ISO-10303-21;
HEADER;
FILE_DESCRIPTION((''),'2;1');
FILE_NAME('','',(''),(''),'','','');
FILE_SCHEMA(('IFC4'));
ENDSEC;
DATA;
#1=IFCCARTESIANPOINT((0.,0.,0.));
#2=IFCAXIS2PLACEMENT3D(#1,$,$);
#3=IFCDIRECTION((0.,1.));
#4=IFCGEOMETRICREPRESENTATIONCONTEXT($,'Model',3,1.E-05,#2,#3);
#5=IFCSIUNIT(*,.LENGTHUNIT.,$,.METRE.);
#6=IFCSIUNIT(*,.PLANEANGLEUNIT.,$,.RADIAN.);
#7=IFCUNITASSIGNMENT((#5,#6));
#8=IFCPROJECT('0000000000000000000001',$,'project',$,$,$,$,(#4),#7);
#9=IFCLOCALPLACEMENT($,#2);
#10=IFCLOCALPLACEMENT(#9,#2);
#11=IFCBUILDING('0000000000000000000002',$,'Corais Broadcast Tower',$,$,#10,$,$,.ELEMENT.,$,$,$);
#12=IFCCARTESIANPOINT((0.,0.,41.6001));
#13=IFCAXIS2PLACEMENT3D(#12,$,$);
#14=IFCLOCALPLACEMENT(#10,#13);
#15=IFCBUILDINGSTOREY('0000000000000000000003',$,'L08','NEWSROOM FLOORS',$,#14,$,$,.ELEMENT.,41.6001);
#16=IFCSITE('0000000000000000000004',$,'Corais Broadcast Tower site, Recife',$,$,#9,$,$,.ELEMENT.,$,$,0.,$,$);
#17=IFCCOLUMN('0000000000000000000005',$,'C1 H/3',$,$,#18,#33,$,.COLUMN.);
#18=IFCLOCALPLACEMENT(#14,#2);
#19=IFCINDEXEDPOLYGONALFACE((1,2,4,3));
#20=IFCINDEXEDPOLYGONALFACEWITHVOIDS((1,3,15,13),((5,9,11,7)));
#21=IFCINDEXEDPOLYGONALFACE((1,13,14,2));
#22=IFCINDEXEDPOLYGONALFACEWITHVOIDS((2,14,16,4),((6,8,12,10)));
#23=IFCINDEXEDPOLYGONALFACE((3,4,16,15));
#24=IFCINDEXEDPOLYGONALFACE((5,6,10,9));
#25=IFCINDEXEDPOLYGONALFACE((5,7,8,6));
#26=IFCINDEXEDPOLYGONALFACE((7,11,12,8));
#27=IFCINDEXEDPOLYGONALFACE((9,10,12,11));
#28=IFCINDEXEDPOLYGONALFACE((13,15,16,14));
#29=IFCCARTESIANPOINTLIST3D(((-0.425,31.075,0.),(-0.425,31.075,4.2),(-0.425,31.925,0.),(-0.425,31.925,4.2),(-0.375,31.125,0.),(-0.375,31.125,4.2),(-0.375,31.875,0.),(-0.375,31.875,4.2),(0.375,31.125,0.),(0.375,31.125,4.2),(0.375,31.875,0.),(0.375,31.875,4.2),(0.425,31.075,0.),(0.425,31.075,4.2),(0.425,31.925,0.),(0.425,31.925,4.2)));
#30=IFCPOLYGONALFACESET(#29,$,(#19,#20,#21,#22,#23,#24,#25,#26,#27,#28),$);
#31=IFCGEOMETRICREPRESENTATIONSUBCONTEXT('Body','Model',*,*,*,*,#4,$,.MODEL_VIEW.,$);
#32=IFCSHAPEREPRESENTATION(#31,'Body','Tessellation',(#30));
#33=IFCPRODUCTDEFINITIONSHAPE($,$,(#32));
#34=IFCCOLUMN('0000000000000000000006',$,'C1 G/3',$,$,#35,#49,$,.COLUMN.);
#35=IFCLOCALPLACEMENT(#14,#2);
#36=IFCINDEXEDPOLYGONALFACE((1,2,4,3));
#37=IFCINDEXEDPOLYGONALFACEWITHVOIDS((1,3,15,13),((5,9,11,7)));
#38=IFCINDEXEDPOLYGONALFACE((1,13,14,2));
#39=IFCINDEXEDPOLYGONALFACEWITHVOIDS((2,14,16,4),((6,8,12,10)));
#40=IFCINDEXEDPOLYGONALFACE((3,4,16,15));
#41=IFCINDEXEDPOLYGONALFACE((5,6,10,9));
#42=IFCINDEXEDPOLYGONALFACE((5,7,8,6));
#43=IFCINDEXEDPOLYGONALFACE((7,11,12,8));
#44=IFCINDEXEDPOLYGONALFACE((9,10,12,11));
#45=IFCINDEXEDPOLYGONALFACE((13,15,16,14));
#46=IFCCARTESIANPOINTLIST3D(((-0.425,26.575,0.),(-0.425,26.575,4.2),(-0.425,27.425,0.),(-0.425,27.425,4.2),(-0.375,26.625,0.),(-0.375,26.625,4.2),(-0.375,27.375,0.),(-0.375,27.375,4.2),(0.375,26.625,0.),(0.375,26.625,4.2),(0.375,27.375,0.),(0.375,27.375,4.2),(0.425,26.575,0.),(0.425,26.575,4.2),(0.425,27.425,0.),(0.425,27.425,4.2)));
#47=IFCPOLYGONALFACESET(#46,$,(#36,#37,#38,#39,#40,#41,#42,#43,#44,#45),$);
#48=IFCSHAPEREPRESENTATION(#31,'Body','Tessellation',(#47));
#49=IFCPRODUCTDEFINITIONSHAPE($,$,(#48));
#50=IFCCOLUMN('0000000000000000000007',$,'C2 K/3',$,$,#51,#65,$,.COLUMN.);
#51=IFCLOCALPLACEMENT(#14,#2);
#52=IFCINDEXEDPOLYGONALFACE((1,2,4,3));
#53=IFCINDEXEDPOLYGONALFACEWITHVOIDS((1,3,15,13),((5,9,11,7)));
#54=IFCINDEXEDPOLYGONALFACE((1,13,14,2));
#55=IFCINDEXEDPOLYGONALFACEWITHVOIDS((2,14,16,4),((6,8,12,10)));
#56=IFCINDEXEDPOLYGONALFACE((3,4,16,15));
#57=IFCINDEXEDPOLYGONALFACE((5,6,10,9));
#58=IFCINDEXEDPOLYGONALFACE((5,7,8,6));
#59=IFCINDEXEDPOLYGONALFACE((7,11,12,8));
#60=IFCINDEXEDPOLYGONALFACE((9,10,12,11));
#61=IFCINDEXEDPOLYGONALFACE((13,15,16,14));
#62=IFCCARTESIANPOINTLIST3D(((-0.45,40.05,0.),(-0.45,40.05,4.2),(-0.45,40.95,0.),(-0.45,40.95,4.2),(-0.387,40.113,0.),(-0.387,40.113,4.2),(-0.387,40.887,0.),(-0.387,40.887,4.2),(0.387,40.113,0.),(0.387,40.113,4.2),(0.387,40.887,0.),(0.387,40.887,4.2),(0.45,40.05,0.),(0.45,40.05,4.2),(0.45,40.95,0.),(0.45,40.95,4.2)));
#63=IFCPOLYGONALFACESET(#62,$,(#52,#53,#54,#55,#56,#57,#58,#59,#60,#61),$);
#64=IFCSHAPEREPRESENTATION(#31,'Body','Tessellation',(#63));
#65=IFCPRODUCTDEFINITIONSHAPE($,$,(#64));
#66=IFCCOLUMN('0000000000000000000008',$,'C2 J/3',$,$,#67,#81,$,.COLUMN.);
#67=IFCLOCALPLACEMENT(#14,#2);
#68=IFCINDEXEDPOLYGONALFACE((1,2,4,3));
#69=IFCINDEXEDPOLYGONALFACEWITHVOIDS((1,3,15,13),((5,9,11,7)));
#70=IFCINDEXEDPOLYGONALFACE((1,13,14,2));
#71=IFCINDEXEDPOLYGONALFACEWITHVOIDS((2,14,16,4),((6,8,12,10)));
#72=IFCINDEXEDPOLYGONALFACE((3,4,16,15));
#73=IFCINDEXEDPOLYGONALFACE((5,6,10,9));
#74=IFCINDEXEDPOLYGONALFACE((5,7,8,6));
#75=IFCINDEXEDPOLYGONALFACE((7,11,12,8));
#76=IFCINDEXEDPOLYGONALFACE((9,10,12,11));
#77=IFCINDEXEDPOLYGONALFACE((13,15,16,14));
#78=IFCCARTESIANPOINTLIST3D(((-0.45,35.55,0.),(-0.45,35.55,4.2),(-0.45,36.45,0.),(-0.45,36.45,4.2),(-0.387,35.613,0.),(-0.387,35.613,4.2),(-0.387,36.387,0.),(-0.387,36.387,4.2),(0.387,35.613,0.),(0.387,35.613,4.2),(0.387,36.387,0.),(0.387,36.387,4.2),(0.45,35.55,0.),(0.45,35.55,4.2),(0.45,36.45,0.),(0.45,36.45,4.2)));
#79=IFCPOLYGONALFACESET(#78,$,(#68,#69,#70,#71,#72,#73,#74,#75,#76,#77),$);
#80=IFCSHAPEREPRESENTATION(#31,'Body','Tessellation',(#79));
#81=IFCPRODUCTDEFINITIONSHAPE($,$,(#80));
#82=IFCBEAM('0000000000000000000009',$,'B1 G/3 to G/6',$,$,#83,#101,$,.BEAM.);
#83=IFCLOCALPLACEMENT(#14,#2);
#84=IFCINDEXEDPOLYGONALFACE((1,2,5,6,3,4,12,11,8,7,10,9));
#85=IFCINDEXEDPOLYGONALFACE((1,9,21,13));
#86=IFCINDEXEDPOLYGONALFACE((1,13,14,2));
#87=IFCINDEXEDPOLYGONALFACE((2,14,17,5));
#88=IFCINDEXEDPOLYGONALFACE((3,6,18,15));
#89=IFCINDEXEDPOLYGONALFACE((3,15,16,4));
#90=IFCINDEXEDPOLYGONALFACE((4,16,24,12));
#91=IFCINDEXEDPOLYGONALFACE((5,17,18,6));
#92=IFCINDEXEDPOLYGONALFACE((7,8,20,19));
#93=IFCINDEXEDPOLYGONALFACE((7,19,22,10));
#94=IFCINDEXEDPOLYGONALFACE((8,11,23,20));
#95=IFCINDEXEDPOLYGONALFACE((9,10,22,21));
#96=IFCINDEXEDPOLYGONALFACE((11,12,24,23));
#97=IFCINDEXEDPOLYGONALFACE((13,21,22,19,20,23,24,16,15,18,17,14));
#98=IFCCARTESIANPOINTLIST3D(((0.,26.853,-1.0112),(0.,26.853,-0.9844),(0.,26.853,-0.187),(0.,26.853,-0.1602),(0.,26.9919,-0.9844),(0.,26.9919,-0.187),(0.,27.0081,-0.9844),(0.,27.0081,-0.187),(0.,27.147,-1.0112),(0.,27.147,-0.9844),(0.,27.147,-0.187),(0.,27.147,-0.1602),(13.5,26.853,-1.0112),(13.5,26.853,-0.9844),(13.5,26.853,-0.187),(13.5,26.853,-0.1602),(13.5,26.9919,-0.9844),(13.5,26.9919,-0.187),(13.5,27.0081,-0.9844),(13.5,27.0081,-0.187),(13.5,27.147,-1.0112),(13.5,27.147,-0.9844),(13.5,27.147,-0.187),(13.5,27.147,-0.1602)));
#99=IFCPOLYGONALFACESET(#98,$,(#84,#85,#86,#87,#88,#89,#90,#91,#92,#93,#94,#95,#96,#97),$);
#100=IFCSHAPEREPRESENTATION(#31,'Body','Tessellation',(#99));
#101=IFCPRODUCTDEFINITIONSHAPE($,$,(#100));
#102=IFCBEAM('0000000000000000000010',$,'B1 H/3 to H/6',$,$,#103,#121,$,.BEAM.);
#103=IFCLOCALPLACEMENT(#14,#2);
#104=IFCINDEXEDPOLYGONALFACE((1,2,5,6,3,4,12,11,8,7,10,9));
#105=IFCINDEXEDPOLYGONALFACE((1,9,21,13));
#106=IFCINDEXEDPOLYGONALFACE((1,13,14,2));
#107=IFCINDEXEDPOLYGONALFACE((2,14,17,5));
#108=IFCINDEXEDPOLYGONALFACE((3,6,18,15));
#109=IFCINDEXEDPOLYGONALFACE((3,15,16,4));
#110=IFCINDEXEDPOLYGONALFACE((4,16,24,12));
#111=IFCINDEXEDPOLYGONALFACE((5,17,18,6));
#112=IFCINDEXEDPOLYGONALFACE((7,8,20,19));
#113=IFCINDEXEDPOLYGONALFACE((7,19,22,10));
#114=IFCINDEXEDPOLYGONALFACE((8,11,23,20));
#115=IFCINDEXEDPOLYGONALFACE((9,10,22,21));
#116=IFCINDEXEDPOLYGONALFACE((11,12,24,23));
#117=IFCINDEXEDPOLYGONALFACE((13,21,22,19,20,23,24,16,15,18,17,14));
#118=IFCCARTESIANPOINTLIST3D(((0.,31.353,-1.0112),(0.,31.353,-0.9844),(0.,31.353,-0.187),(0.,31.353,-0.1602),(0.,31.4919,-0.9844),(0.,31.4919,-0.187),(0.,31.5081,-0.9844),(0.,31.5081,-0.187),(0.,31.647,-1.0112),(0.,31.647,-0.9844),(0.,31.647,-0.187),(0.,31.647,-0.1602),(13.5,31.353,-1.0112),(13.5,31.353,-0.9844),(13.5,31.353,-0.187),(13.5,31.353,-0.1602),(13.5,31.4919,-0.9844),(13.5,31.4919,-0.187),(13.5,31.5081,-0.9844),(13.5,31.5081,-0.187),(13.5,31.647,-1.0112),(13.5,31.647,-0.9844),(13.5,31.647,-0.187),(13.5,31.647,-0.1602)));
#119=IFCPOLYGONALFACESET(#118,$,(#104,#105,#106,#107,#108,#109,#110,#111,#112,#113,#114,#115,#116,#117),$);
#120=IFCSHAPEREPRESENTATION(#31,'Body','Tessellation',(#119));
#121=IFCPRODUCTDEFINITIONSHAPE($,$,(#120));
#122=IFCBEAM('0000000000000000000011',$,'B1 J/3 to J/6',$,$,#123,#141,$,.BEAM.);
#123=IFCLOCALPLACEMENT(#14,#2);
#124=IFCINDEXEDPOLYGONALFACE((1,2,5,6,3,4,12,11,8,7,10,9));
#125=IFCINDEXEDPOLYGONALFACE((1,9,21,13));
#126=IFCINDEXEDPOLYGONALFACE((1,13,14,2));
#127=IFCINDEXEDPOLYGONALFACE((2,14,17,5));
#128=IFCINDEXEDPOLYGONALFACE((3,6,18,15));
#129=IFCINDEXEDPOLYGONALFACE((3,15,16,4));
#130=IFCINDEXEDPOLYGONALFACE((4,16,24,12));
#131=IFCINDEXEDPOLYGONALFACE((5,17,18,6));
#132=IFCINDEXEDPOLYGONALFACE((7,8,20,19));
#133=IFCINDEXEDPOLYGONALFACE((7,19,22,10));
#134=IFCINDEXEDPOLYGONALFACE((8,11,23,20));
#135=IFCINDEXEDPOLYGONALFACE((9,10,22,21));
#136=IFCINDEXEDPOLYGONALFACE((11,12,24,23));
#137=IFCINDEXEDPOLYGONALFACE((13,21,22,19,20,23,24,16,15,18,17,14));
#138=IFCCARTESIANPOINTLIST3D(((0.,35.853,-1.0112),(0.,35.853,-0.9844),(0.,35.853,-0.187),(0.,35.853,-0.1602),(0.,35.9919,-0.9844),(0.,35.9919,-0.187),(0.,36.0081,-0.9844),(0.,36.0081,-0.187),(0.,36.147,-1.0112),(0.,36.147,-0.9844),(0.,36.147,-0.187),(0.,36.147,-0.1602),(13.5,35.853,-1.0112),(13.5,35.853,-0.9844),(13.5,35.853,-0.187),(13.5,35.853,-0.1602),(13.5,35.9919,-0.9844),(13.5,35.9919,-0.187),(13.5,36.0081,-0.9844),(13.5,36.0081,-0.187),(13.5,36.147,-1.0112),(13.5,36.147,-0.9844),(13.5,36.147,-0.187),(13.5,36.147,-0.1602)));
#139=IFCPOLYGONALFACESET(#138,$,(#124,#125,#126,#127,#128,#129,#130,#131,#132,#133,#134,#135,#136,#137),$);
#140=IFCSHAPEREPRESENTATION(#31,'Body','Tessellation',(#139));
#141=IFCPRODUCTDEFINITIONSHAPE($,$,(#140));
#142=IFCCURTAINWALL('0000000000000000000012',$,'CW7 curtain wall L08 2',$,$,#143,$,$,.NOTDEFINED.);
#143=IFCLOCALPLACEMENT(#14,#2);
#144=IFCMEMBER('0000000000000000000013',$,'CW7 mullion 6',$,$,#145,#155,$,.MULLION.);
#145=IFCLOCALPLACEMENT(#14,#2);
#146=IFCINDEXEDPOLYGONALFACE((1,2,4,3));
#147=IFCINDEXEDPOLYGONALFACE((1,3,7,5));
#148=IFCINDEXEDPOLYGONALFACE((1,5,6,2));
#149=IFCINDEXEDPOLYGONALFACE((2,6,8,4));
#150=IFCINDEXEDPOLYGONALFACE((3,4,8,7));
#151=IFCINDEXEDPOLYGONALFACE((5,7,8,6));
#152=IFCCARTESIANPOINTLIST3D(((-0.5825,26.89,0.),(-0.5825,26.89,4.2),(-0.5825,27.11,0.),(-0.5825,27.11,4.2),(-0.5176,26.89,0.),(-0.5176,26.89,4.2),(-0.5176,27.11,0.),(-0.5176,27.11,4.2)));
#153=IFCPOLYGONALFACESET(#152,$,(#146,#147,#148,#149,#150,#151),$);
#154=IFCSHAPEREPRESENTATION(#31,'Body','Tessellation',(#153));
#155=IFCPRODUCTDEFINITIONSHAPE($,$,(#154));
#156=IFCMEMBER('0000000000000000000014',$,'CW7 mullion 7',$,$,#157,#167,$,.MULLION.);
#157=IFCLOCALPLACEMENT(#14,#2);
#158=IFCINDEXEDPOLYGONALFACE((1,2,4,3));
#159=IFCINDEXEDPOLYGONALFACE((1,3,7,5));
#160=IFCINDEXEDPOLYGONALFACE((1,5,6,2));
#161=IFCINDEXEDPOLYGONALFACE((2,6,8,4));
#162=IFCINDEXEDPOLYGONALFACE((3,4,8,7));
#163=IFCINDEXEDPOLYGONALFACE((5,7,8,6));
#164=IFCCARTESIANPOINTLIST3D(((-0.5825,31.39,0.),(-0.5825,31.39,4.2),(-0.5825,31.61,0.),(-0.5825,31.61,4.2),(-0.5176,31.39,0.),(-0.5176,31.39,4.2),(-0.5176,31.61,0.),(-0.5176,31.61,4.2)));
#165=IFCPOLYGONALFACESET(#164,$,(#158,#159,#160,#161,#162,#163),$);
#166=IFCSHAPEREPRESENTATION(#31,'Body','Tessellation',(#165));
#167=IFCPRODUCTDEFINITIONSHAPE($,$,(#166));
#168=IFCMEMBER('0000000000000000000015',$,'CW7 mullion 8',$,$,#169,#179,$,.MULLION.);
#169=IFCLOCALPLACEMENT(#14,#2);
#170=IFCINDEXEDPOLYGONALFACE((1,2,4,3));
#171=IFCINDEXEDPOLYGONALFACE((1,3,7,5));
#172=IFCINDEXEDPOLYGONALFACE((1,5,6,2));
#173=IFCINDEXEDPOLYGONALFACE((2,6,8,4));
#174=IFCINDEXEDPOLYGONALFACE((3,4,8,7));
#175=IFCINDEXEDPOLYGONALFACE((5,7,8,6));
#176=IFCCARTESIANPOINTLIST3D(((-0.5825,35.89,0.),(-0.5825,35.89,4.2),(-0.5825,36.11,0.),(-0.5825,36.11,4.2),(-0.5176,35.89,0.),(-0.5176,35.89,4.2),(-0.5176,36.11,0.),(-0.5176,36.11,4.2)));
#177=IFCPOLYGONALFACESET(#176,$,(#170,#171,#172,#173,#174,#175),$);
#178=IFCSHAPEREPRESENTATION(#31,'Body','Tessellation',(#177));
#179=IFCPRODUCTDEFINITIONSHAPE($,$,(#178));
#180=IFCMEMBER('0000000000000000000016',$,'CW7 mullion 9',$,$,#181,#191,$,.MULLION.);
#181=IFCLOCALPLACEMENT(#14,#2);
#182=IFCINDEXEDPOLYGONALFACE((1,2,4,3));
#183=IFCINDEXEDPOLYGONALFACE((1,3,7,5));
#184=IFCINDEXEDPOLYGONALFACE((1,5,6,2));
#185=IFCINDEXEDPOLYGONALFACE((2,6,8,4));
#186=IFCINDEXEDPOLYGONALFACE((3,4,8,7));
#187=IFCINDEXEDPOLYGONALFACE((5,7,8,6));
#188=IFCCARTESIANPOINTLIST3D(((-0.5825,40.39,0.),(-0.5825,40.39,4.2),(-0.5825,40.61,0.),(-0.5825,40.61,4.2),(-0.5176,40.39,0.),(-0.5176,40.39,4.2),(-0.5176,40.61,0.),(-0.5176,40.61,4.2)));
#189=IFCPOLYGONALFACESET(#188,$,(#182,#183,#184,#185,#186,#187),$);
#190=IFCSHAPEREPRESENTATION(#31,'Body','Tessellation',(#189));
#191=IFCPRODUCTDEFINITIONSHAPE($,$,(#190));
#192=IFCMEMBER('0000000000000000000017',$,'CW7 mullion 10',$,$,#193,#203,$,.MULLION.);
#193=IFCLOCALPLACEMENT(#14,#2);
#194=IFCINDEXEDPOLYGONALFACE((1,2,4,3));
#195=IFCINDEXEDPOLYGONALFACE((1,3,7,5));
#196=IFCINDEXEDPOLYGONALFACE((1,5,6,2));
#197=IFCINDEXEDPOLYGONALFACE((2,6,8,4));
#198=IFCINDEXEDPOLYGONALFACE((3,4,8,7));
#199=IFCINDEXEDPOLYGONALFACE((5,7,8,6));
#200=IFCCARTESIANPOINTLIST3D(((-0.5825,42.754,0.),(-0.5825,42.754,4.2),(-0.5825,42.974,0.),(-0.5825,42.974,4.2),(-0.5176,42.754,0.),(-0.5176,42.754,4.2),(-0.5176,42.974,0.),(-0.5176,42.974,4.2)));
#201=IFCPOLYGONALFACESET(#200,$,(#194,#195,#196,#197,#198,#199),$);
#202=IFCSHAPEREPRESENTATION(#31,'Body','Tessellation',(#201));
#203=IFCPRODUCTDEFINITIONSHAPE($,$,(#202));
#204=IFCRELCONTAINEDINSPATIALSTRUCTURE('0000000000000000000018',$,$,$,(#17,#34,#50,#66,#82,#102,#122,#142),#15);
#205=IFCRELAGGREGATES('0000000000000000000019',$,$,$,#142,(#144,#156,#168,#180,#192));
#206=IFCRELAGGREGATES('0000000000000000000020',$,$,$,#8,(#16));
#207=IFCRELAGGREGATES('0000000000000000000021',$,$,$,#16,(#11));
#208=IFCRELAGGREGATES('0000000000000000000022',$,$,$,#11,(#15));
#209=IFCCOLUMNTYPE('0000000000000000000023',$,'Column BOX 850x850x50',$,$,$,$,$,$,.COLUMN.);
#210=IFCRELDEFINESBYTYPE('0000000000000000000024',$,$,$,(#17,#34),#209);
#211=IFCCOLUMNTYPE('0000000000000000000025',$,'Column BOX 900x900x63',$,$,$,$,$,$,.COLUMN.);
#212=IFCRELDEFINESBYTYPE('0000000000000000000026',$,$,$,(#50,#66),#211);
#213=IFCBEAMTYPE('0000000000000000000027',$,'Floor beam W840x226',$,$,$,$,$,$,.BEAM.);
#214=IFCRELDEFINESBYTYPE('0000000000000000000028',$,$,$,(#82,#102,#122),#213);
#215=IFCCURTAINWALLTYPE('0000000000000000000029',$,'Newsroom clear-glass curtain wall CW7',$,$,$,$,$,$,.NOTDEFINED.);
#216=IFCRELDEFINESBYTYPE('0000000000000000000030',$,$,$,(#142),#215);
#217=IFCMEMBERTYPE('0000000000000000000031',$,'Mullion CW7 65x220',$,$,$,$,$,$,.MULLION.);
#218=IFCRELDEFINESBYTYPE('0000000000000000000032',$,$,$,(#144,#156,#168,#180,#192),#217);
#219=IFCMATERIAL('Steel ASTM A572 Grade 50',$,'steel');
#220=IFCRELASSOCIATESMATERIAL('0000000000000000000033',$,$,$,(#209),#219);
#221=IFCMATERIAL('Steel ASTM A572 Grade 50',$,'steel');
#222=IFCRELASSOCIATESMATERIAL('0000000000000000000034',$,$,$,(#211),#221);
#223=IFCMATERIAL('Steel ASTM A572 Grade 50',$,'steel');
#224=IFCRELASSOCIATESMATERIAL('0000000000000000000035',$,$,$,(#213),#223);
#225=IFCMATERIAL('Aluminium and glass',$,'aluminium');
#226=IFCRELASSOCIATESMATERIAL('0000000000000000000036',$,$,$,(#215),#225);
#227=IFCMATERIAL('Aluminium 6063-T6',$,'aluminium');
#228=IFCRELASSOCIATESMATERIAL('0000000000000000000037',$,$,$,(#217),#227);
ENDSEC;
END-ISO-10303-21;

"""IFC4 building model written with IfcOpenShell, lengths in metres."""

from ifc_helpers import new_model, si_unit, direction, frame, origin, origin_2d, place, context, subcontext, project, spatial, rectangle, hollow_rectangle, i_section, extrude, material, material_profile, profile_set, type_object, element, aggregate, save


model = new_model("IFC4")

# Units and contexts
model_context = context("Model", 3, precision=1e-05, world=origin(), true_north=direction((0.0, 1.0)))
body_context = subcontext(model_context, "Body", "Model", "MODEL_VIEW")
ifc_project = project(units=[si_unit("LENGTHUNIT", "METRE"), si_unit("PLANEANGLEUNIT", "RADIAN")], contexts=[model_context])

# Site, building, storey
site_placement = place(None, origin())
site = spatial("IfcSite", under=ifc_project, at=site_placement, Name="Corais Broadcast Tower site, Recife", CompositionType="ELEMENT", RefElevation=0.0)
building_placement = place(site_placement, origin())
building = spatial("IfcBuilding", under=site, at=building_placement, Name="Corais Broadcast Tower", CompositionType="ELEMENT")
storey_placement = place(building_placement, frame((0.0, 0.0, 41.6001)))
storey = spatial("IfcBuildingStorey", under=building, at=storey_placement, Name="L08", Description="NEWSROOM FLOORS", CompositionType="ELEMENT", Elevation=41.6001)

# Columns
ifc_material_1 = material(Name="Steel ASTM A572 Grade 50", Category="steel")
ifc_material_profile_1 = material_profile(ifc_material_1, hollow_rectangle(XDim=0.8501, YDim=0.8501, WallThickness=0.05, at=origin_2d()), Name="BOX 850x850x50")
ifc_profile_set_1 = profile_set([ifc_material_profile_1], Name="Steel ASTM A572 Grade 50")
column_type_1 = type_object("IfcColumnType", Name="Column BOX 850x850x50", PredefinedType="COLUMN", material=ifc_profile_set_1)
for number, where, z_axis, x_axis, name in (
    (1, (0.0, 31.5, 0.0), (0.0, 0.0, 1.0), (1.0, 0.0, 0.0), "C1 H/3"),
    (2, (0.0, 27.0, 0.0), (0.0, 0.0, 1.0), (1.0, 0.0, 0.0), "C1 G/3"),
):
    element("IfcColumn", number, at=place(storey_placement, frame(where, z_axis=z_axis, x_axis=x_axis)), inside=storey, type_object=column_type_1, Name=name, PredefinedType="COLUMN", context=body_context, shape_type="SweptSolid", body=[
        extrude(hollow_rectangle(XDim=0.8501, YDim=0.8501, WallThickness=0.05, at=origin_2d()), origin(), (0.0, 0.0, 1.0), 4.2),
    ])
ifc_material_2 = material(Name="Steel ASTM A572 Grade 50", Category="steel")
ifc_material_profile_2 = material_profile(ifc_material_2, hollow_rectangle(XDim=0.8999, YDim=0.8999, WallThickness=0.063, at=origin_2d()), Name="BOX 900x900x63")
ifc_profile_set_2 = profile_set([ifc_material_profile_2], Name="Steel ASTM A572 Grade 50")
column_type_2 = type_object("IfcColumnType", Name="Column BOX 900x900x63", PredefinedType="COLUMN", material=ifc_profile_set_2)
for number, where, z_axis, x_axis, name in (
    (3, (0.0, 40.5, 0.0), (0.0, 0.0, 1.0), (1.0, 0.0, 0.0), "C2 K/3"),
    (4, (0.0, 36.0, 0.0), (0.0, 0.0, 1.0), (1.0, 0.0, 0.0), "C2 J/3"),
):
    element("IfcColumn", number, at=place(storey_placement, frame(where, z_axis=z_axis, x_axis=x_axis)), inside=storey, type_object=column_type_2, Name=name, PredefinedType="COLUMN", context=body_context, shape_type="SweptSolid", body=[
        extrude(hollow_rectangle(XDim=0.8999, YDim=0.8999, WallThickness=0.063, at=origin_2d()), origin(), (0.0, 0.0, 1.0), 4.2),
    ])

# Beams
ifc_material_3 = material(Name="Steel ASTM A572 Grade 50", Category="steel")
ifc_material_profile_3 = material_profile(ifc_material_3, i_section(OverallWidth=0.2939, OverallDepth=0.8511, WebThickness=0.0161, FlangeThickness=0.0269, at=origin_2d()), Name="W840x226")
ifc_profile_set_3 = profile_set([ifc_material_profile_3], Name="Steel ASTM A572 Grade 50")
beam_type_1 = type_object("IfcBeamType", Name="Floor beam W840x226", PredefinedType="BEAM", material=ifc_profile_set_3)
for number, where, z_axis, x_axis, name in (
    (5, (0.0, 27.0, -0.5857), (1.0, 0.0, 0.0), (0.0, 1.0, 0.0), "B1 G/3 to G/6"),
    (6, (0.0, 31.5, -0.5857), (1.0, 0.0, 0.0), (0.0, 1.0, 0.0), "B1 H/3 to H/6"),
    (7, (0.0, 36.0, -0.5857), (1.0, 0.0, 0.0), (0.0, 1.0, 0.0), "B1 J/3 to J/6"),
):
    element("IfcBeam", number, at=place(storey_placement, frame(where, z_axis=z_axis, x_axis=x_axis)), inside=storey, type_object=beam_type_1, Name=name, PredefinedType="BEAM", context=body_context, shape_type="SweptSolid", body=[
        extrude(i_section(OverallWidth=0.2939, OverallDepth=0.8511, WebThickness=0.0161, FlangeThickness=0.0269, at=origin_2d()), origin(), (0.0, 0.0, 1.0), 13.5),
    ])

# Curtain wall, members
ifc_material_4 = material(Name="Aluminium and glass", Category="aluminium")
curtain_wall_type = type_object("IfcCurtainWallType", Name="Newsroom clear-glass curtain wall CW7", PredefinedType="NOTDEFINED", material=ifc_material_4)
curtain_wall_placement = place(storey_placement, origin())
curtain_wall = element("IfcCurtainWall", 8, at=curtain_wall_placement, inside=storey, type_object=curtain_wall_type, Name="CW7 curtain wall L08 2", PredefinedType="NOTDEFINED")
ifc_material_5 = material(Name="Aluminium 6063-T6", Category="aluminium")
ifc_material_profile_4 = material_profile(ifc_material_5, rectangle(XDim=0.0649, YDim=0.22, at=origin_2d()), Name="Mullion CW7 65x220")
ifc_profile_set_4 = profile_set([ifc_material_profile_4], Name="Aluminium 6063-T6")
member_type_1 = type_object("IfcMemberType", Name="Mullion CW7 65x220", PredefinedType="MULLION", material=ifc_profile_set_4)
member_1_placement = place(storey_placement, frame((-0.55, 27.0, 0.0), z_axis=(0.0, 0.0, 1.0), x_axis=(-1.0, 0.0, 0.0)))
member_1 = element("IfcMember", 9, at=member_1_placement, type_object=member_type_1, Name="CW7 mullion 6", PredefinedType="MULLION", context=body_context, shape_type="SweptSolid", body=[
    extrude(rectangle(XDim=0.0649, YDim=0.22, at=origin_2d()), origin(), (0.0, 0.0, 1.0), 4.2),
])
member_2_placement = place(storey_placement, frame((-0.55, 31.5, 0.0), z_axis=(0.0, 0.0, 1.0), x_axis=(-1.0, 0.0, 0.0)))
member_2 = element("IfcMember", 10, at=member_2_placement, type_object=member_type_1, Name="CW7 mullion 7", PredefinedType="MULLION", context=body_context, shape_type="SweptSolid", body=[
    extrude(rectangle(XDim=0.0649, YDim=0.22, at=origin_2d()), origin(), (0.0, 0.0, 1.0), 4.2),
])
member_3_placement = place(storey_placement, frame((-0.55, 36.0, 0.0), z_axis=(0.0, 0.0, 1.0), x_axis=(-1.0, 0.0, 0.0)))
member_3 = element("IfcMember", 11, at=member_3_placement, type_object=member_type_1, Name="CW7 mullion 8", PredefinedType="MULLION", context=body_context, shape_type="SweptSolid", body=[
    extrude(rectangle(XDim=0.0649, YDim=0.22, at=origin_2d()), origin(), (0.0, 0.0, 1.0), 4.2),
])
member_4_placement = place(storey_placement, frame((-0.55, 40.5, 0.0), z_axis=(0.0, 0.0, 1.0), x_axis=(-1.0, 0.0, 0.0)))
member_4 = element("IfcMember", 12, at=member_4_placement, type_object=member_type_1, Name="CW7 mullion 9", PredefinedType="MULLION", context=body_context, shape_type="SweptSolid", body=[
    extrude(rectangle(XDim=0.0649, YDim=0.22, at=origin_2d()), origin(), (0.0, 0.0, 1.0), 4.2),
])
member_5_placement = place(storey_placement, frame((-0.55, 42.864, 0.0), z_axis=(0.0, 0.0, 1.0), x_axis=(-1.0, 0.0, 0.0)))
member_5 = element("IfcMember", 13, at=member_5_placement, type_object=member_type_1, Name="CW7 mullion 10", PredefinedType="MULLION", context=body_context, shape_type="SweptSolid", body=[
    extrude(rectangle(XDim=0.0649, YDim=0.22, at=origin_2d()), origin(), (0.0, 0.0, 1.0), 4.2),
])

aggregate(curtain_wall, [member_1, member_2, member_3, member_4, member_5])

save(model, "model.ifc")
